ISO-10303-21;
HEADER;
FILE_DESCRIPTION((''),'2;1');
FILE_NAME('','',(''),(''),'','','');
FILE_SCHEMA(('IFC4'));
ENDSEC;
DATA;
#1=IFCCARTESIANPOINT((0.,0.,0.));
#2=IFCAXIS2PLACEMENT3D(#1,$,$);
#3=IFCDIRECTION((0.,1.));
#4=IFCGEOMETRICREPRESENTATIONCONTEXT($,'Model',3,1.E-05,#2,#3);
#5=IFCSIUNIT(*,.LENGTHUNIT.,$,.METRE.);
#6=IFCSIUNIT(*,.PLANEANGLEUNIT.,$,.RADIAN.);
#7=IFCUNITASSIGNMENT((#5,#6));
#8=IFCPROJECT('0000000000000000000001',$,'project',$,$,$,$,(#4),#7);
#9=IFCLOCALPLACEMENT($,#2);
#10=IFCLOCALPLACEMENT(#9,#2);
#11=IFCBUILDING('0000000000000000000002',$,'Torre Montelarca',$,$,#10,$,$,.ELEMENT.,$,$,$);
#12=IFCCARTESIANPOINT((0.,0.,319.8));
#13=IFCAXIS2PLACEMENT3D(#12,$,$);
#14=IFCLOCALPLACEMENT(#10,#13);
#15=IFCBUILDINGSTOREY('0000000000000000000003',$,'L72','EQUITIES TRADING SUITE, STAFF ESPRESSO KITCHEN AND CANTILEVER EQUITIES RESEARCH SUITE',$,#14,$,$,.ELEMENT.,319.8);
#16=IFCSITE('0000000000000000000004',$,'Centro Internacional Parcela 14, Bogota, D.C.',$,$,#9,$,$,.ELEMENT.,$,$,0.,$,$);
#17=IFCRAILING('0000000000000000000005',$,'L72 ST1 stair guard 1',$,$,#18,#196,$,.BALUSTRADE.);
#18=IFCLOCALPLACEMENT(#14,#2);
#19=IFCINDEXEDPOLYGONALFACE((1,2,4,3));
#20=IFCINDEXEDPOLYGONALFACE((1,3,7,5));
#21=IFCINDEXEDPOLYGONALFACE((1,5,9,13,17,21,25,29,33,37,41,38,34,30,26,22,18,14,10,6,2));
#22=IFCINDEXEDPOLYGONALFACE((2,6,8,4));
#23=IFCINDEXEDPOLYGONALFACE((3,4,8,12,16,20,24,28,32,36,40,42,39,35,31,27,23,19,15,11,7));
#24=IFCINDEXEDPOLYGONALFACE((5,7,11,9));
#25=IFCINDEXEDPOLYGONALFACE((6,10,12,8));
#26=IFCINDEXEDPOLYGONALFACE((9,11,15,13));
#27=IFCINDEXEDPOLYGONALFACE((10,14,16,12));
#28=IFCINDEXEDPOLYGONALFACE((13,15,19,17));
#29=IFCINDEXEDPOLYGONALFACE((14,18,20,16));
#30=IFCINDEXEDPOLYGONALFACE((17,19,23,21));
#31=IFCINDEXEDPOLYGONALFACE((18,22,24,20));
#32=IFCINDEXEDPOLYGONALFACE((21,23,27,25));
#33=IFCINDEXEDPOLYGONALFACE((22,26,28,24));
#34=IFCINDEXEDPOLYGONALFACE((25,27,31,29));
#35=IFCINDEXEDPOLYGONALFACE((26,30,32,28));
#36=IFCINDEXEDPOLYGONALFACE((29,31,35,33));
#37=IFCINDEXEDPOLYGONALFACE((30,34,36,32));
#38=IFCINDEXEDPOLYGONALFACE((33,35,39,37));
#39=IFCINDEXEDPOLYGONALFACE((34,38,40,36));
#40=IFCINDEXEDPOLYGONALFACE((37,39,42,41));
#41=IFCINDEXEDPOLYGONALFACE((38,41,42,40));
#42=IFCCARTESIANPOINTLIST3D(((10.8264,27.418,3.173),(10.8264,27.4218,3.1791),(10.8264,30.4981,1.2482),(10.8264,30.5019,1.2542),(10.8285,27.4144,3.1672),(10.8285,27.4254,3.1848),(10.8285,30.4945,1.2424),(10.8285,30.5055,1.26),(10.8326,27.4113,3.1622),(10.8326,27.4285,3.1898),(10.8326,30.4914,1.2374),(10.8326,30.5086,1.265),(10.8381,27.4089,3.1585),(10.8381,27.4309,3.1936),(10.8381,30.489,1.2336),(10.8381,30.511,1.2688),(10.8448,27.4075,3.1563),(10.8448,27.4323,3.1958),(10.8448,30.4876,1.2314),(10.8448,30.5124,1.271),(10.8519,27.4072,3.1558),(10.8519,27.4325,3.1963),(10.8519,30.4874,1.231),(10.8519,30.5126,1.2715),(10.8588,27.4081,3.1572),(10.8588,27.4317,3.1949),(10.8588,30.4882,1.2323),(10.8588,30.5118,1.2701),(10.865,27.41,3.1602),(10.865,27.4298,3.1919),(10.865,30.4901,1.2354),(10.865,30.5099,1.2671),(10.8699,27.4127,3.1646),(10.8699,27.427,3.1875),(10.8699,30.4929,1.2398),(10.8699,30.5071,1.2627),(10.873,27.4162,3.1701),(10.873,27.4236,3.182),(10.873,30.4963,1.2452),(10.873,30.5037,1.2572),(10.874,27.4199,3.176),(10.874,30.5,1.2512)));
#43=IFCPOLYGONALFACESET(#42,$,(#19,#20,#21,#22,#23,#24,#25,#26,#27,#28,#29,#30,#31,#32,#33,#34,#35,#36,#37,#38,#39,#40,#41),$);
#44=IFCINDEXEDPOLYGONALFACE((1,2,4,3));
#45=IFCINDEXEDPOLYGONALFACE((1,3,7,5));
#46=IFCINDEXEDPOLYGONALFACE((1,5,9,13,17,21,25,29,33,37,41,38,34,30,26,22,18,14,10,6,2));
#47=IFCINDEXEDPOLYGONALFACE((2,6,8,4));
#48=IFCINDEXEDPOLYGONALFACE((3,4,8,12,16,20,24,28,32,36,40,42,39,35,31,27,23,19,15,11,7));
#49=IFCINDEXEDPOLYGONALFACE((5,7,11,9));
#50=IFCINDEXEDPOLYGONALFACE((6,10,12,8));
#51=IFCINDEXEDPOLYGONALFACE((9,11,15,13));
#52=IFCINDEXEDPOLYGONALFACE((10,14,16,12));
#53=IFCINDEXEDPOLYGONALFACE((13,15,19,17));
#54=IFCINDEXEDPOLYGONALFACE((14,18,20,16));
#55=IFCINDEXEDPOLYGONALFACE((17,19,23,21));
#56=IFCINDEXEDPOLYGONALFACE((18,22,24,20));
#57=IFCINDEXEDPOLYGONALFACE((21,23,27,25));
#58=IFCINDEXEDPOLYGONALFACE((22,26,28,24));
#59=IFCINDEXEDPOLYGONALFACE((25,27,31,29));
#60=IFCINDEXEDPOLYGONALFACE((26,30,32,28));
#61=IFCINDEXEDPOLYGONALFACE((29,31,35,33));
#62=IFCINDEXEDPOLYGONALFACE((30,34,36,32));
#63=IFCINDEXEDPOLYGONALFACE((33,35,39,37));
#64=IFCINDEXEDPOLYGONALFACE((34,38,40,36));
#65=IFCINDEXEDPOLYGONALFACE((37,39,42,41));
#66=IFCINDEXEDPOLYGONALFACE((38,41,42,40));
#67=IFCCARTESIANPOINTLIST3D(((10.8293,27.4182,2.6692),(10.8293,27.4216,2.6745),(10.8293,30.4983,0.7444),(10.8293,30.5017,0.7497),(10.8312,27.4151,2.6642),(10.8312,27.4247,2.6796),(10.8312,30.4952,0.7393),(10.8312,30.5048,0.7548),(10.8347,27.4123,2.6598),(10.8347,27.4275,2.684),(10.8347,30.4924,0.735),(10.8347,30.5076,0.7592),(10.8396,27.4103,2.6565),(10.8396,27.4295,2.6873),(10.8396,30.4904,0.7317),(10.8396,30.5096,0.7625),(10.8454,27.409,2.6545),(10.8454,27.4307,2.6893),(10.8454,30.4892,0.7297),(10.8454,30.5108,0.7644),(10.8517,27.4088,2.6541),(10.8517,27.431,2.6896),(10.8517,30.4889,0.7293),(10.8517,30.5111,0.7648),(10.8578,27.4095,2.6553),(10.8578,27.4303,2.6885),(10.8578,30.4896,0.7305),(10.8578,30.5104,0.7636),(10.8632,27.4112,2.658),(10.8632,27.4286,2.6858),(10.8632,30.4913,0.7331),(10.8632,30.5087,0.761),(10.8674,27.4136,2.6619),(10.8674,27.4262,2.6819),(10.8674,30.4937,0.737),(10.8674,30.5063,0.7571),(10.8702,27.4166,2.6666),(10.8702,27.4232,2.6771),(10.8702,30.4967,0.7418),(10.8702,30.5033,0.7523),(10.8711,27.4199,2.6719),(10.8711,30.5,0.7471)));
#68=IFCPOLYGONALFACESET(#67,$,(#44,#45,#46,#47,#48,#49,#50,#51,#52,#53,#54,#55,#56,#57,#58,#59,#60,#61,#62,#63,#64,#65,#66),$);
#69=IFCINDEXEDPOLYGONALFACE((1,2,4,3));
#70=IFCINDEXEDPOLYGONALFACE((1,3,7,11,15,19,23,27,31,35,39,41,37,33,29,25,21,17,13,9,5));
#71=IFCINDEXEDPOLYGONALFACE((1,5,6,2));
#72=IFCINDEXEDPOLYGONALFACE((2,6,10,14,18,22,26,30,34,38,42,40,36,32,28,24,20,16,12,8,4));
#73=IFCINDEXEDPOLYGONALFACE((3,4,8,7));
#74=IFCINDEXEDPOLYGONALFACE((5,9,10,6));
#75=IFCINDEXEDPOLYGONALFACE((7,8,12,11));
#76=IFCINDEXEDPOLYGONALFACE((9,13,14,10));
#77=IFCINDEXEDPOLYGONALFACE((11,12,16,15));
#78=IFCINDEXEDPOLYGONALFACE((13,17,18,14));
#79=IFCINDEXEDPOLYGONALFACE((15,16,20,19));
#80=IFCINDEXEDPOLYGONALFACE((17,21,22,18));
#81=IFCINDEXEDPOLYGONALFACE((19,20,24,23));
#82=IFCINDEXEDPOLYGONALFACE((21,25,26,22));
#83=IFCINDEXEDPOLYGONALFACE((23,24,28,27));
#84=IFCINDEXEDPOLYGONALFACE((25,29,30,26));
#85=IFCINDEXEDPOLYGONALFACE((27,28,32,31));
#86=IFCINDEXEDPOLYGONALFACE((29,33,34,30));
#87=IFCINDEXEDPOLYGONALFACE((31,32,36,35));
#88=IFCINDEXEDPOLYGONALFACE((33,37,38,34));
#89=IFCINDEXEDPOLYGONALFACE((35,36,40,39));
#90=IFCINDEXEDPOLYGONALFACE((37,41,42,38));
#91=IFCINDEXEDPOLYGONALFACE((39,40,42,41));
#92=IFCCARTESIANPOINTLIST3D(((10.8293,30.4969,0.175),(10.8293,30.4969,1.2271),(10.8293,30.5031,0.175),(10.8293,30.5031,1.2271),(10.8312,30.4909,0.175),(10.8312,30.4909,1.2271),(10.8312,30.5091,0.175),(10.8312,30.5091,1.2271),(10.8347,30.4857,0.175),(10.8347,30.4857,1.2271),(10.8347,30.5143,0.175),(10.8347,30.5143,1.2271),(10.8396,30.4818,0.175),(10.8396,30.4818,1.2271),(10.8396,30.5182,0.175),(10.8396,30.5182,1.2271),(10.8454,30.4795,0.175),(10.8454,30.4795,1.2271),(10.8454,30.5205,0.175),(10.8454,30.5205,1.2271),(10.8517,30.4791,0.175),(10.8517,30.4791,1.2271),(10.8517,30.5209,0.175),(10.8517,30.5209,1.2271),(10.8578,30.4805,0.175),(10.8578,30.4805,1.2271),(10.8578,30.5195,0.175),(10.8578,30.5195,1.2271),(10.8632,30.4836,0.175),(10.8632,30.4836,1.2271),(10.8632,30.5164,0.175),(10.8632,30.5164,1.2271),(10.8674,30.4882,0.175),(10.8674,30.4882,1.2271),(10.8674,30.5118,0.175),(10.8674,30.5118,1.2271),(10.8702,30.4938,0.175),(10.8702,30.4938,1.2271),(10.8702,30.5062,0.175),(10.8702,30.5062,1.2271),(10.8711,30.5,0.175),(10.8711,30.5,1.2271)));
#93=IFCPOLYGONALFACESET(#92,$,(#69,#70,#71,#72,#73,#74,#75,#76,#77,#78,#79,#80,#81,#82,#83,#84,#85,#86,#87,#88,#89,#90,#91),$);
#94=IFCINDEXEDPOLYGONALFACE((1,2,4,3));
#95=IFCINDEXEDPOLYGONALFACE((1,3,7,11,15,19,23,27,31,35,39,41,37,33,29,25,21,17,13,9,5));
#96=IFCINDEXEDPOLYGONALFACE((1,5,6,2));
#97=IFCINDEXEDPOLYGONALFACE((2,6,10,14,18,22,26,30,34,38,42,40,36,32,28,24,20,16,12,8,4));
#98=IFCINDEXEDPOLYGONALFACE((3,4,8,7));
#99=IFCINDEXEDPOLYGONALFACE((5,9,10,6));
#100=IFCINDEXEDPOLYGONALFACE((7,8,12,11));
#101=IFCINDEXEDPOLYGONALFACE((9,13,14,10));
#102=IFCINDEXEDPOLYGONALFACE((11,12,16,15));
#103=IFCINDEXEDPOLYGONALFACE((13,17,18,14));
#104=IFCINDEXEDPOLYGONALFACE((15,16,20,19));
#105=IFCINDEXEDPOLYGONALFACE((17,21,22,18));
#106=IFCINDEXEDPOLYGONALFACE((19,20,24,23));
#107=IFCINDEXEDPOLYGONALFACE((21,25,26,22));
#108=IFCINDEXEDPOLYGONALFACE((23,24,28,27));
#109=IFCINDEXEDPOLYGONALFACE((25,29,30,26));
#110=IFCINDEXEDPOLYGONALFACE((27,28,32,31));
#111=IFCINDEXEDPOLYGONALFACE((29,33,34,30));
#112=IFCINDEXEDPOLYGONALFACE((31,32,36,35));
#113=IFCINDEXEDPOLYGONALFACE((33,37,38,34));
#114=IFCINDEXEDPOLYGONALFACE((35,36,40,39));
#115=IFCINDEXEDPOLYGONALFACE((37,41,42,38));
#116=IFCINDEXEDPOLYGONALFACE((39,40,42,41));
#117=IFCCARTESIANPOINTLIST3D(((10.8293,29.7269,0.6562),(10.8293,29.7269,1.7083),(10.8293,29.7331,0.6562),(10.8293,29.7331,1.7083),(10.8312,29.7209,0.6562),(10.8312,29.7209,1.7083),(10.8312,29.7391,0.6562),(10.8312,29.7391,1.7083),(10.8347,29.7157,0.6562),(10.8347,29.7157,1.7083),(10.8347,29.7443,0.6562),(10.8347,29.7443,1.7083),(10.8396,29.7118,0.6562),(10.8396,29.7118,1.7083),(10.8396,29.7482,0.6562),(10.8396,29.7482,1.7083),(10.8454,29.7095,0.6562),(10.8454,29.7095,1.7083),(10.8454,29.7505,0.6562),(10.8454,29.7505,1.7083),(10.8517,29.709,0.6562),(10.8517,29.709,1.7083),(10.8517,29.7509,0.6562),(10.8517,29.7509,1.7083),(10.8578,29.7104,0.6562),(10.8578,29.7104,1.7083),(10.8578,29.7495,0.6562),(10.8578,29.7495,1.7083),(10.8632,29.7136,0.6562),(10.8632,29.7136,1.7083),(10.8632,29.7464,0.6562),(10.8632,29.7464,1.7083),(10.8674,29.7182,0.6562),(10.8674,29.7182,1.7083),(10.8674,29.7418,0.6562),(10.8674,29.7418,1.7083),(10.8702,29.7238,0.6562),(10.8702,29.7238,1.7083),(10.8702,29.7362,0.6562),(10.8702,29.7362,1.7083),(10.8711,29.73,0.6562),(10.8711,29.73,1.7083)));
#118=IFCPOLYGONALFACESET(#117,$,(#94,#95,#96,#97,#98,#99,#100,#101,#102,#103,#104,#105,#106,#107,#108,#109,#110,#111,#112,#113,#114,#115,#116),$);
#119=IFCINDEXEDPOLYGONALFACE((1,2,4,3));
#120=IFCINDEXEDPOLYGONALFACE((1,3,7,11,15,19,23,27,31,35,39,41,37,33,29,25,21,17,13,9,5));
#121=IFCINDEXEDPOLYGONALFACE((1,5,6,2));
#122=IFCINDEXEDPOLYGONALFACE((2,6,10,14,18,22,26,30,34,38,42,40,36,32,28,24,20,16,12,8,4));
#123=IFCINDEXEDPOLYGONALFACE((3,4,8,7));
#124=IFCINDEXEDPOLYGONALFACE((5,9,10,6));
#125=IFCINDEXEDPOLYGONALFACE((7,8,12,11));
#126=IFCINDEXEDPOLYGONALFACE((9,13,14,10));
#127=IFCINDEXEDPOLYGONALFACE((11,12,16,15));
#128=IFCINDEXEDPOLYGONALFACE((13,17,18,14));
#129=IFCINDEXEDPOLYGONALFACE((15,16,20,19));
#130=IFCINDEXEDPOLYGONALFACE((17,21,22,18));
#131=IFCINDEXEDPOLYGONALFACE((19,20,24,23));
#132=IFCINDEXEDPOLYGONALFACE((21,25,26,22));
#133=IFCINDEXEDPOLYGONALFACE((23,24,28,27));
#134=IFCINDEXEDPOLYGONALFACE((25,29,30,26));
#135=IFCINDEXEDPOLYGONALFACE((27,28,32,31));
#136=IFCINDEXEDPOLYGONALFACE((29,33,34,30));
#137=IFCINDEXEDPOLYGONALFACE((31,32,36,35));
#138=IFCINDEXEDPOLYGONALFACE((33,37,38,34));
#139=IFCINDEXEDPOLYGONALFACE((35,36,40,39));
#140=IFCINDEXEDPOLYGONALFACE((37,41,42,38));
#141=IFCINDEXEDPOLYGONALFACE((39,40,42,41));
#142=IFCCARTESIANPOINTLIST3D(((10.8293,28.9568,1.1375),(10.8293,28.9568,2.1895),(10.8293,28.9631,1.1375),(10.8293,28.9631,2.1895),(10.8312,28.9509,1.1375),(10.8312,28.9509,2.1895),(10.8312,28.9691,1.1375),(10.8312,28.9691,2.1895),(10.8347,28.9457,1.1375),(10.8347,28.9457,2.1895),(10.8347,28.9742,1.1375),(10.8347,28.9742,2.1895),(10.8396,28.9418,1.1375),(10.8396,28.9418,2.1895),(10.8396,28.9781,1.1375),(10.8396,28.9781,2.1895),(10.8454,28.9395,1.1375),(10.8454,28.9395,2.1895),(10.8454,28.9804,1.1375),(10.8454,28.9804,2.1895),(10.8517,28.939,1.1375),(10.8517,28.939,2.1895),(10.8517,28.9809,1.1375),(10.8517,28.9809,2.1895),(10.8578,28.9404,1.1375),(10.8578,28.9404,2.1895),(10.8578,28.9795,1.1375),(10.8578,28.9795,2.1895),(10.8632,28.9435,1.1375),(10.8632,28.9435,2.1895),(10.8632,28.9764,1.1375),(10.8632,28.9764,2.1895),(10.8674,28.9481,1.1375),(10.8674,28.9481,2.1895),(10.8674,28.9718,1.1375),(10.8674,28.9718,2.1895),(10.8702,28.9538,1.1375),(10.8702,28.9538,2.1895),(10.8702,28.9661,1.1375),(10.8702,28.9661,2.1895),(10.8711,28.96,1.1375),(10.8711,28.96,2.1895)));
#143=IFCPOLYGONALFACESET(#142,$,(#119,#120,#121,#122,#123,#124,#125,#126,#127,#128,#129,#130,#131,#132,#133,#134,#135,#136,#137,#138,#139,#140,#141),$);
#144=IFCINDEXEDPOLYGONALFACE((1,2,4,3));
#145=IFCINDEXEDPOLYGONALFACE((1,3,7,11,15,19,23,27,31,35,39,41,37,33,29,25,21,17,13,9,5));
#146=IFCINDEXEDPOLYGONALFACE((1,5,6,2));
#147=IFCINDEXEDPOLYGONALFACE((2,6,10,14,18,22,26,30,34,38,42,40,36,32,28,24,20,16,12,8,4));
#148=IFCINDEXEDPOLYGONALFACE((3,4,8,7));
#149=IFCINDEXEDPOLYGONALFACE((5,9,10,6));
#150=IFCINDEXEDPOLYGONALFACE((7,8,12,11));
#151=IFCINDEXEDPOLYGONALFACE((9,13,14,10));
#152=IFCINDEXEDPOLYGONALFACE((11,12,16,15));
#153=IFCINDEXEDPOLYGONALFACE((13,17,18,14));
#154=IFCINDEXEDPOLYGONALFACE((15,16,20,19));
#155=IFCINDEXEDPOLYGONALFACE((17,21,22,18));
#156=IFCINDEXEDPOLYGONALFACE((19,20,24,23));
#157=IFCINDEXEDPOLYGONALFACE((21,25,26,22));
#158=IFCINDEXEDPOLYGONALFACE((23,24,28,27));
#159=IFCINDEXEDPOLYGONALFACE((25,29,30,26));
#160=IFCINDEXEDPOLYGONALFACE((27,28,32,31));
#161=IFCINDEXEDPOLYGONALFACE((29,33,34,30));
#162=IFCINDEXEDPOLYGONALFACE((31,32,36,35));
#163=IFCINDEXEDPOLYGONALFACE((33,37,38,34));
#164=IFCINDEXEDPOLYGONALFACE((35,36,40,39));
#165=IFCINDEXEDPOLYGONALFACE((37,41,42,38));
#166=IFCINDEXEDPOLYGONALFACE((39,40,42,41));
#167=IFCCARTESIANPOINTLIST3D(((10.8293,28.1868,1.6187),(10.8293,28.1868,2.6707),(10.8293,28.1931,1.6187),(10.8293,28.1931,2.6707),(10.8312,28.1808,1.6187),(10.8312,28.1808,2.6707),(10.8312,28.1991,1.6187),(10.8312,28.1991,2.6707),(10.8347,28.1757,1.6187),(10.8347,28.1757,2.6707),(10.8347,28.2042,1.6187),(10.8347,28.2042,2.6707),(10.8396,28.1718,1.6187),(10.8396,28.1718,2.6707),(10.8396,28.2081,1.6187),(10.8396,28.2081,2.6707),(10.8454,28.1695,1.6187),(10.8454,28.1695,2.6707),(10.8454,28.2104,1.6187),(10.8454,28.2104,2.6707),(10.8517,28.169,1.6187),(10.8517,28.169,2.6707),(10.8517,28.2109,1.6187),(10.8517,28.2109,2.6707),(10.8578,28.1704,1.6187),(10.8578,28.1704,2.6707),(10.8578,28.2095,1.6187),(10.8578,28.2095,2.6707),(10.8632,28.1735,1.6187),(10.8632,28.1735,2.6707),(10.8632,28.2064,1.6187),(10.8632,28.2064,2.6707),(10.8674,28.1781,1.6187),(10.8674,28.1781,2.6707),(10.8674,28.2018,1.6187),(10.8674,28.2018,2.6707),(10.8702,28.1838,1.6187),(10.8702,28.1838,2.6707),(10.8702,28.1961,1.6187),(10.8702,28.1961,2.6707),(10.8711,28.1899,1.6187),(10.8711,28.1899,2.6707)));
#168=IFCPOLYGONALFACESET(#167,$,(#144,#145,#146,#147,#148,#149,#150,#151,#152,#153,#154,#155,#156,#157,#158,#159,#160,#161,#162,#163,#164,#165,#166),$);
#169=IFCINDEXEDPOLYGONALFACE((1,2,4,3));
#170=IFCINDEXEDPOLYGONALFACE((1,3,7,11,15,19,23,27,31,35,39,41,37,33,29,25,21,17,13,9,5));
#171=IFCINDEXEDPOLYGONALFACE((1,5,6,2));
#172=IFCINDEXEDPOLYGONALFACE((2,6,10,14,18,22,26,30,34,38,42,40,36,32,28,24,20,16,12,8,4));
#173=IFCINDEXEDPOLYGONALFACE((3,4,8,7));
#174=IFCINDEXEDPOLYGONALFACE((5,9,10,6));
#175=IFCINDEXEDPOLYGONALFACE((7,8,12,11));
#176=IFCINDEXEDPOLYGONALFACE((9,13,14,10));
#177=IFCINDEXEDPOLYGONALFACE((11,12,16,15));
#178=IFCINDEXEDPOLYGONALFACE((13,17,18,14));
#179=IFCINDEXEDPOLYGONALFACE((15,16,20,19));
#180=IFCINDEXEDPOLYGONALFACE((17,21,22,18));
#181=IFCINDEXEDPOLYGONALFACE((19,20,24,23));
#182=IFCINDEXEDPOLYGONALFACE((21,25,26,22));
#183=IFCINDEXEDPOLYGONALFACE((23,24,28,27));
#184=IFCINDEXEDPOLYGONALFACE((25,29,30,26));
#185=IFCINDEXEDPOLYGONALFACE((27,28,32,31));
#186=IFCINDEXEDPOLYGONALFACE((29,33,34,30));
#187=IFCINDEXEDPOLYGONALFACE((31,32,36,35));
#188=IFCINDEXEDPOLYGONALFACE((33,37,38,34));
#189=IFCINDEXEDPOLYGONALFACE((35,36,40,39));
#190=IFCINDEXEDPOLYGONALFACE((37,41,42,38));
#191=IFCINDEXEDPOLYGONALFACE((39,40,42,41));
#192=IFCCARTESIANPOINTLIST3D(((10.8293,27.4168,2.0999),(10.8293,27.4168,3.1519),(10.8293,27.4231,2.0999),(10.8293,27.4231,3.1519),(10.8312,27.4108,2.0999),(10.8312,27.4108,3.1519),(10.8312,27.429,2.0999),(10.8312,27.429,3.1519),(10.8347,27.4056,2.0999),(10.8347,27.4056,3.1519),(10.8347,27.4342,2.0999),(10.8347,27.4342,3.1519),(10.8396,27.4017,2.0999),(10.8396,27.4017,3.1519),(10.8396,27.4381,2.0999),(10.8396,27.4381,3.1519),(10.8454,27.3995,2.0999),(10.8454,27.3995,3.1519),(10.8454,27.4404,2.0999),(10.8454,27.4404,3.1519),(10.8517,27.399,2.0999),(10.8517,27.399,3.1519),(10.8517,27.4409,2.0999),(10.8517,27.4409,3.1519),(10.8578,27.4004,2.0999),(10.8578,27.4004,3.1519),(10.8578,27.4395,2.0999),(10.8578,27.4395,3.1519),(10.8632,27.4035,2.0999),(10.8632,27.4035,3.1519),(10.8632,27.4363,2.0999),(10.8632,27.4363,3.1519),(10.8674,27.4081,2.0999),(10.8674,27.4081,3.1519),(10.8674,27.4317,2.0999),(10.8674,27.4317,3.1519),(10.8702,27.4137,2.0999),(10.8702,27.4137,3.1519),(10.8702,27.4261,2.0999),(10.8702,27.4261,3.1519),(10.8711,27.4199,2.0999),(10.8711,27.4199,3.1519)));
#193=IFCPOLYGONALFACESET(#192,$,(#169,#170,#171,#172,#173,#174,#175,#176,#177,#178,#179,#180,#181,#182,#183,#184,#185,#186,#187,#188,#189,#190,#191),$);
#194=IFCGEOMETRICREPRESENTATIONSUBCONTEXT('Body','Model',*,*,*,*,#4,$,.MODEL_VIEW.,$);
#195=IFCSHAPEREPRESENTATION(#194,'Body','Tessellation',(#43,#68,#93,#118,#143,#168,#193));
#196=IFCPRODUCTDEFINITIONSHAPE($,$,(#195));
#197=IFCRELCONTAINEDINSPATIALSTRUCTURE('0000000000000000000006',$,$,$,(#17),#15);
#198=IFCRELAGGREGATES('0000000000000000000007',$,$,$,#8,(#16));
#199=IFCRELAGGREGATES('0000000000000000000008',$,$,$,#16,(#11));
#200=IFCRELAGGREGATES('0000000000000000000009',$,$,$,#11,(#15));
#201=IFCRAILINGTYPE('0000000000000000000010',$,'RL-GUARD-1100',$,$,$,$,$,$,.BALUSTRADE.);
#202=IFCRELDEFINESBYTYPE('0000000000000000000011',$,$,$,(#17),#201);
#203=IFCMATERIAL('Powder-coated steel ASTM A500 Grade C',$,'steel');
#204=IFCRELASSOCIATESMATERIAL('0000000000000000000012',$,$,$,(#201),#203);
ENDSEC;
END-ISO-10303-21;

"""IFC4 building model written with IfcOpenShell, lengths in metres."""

from ifc_helpers import new_model, si_unit, direction, frame, origin, origin_2d, place, context, subcontext, project, spatial, circle, extrude, material, type_object, element, save


model = new_model("IFC4")

# Units and contexts
model_context = context("Model", 3, precision=1e-05, world=origin(), true_north=direction((0.0, 1.0)))
body_context = subcontext(model_context, "Body", "Model", "MODEL_VIEW")
ifc_project = project(units=[si_unit("LENGTHUNIT", "METRE"), si_unit("PLANEANGLEUNIT", "RADIAN")], contexts=[model_context])

# Site, building, storey
site_placement = place(None, origin())
site = spatial("IfcSite", under=ifc_project, at=site_placement, Name="Centro Internacional Parcela 14, Bogota, D.C.", CompositionType="ELEMENT", RefElevation=0.0)
building_placement = place(site_placement, origin())
building = spatial("IfcBuilding", under=site, at=building_placement, Name="Torre Montelarca", CompositionType="ELEMENT")
storey_placement = place(building_placement, frame((0.0, 0.0, 319.8)))
storey = spatial("IfcBuildingStorey", under=building, at=storey_placement, Name="L72", Description="EQUITIES TRADING SUITE, STAFF ESPRESSO KITCHEN AND CANTILEVER EQUITIES RESEARCH SUITE", CompositionType="ELEMENT", Elevation=319.8)

# Railing
ifc_material_1 = material(Name="Powder-coated steel ASTM A500 Grade C", Category="steel")
railing_type_1 = type_object("IfcRailingType", Name="RL-GUARD-1100", PredefinedType="BALUSTRADE", material=ifc_material_1)
railing_1_placement = place(storey_placement, frame((10.8501, 30.5, 0.175)))
element("IfcRailing", 1, at=railing_1_placement, inside=storey, type_object=railing_type_1, Name="L72 ST1 stair guard 1", PredefinedType="BALUSTRADE", context=body_context, shape_type="SweptSolid", body=[
    extrude(circle(Radius=0.0239, at=origin_2d()), frame((0.0, 0.0, 1.0762), z_axis=(0.0, -0.848029, 0.529951), x_axis=(1.0, 0.0, 0.0)), (0.0, 0.0, 1.0), 3.6321),
    extrude(circle(Radius=0.021, at=origin_2d()), frame((0.0, 0.0, 0.572), z_axis=(0.0, -0.848029, 0.529951), x_axis=(1.0, 0.0, 0.0)), (0.0, 0.0, 1.0), 3.6321),
    extrude(circle(Radius=0.021, at=origin_2d()), origin(), (0.0, 0.0, 1.0), 1.052),
    extrude(circle(Radius=0.021, at=origin_2d()), frame((0.0, -0.77, 0.4812)), (0.0, 0.0, 1.0), 1.052),
    extrude(circle(Radius=0.021, at=origin_2d()), frame((0.0, -1.54, 0.9624)), (0.0, 0.0, 1.0), 1.052),
    extrude(circle(Radius=0.021, at=origin_2d()), frame((0.0, -2.3101, 1.4436)), (0.0, 0.0, 1.0), 1.052),
    extrude(circle(Radius=0.021, at=origin_2d()), frame((0.0, -3.0801, 1.9248)), (0.0, 0.0, 1.0), 1.052),
])

save(model, "model.ifc")
